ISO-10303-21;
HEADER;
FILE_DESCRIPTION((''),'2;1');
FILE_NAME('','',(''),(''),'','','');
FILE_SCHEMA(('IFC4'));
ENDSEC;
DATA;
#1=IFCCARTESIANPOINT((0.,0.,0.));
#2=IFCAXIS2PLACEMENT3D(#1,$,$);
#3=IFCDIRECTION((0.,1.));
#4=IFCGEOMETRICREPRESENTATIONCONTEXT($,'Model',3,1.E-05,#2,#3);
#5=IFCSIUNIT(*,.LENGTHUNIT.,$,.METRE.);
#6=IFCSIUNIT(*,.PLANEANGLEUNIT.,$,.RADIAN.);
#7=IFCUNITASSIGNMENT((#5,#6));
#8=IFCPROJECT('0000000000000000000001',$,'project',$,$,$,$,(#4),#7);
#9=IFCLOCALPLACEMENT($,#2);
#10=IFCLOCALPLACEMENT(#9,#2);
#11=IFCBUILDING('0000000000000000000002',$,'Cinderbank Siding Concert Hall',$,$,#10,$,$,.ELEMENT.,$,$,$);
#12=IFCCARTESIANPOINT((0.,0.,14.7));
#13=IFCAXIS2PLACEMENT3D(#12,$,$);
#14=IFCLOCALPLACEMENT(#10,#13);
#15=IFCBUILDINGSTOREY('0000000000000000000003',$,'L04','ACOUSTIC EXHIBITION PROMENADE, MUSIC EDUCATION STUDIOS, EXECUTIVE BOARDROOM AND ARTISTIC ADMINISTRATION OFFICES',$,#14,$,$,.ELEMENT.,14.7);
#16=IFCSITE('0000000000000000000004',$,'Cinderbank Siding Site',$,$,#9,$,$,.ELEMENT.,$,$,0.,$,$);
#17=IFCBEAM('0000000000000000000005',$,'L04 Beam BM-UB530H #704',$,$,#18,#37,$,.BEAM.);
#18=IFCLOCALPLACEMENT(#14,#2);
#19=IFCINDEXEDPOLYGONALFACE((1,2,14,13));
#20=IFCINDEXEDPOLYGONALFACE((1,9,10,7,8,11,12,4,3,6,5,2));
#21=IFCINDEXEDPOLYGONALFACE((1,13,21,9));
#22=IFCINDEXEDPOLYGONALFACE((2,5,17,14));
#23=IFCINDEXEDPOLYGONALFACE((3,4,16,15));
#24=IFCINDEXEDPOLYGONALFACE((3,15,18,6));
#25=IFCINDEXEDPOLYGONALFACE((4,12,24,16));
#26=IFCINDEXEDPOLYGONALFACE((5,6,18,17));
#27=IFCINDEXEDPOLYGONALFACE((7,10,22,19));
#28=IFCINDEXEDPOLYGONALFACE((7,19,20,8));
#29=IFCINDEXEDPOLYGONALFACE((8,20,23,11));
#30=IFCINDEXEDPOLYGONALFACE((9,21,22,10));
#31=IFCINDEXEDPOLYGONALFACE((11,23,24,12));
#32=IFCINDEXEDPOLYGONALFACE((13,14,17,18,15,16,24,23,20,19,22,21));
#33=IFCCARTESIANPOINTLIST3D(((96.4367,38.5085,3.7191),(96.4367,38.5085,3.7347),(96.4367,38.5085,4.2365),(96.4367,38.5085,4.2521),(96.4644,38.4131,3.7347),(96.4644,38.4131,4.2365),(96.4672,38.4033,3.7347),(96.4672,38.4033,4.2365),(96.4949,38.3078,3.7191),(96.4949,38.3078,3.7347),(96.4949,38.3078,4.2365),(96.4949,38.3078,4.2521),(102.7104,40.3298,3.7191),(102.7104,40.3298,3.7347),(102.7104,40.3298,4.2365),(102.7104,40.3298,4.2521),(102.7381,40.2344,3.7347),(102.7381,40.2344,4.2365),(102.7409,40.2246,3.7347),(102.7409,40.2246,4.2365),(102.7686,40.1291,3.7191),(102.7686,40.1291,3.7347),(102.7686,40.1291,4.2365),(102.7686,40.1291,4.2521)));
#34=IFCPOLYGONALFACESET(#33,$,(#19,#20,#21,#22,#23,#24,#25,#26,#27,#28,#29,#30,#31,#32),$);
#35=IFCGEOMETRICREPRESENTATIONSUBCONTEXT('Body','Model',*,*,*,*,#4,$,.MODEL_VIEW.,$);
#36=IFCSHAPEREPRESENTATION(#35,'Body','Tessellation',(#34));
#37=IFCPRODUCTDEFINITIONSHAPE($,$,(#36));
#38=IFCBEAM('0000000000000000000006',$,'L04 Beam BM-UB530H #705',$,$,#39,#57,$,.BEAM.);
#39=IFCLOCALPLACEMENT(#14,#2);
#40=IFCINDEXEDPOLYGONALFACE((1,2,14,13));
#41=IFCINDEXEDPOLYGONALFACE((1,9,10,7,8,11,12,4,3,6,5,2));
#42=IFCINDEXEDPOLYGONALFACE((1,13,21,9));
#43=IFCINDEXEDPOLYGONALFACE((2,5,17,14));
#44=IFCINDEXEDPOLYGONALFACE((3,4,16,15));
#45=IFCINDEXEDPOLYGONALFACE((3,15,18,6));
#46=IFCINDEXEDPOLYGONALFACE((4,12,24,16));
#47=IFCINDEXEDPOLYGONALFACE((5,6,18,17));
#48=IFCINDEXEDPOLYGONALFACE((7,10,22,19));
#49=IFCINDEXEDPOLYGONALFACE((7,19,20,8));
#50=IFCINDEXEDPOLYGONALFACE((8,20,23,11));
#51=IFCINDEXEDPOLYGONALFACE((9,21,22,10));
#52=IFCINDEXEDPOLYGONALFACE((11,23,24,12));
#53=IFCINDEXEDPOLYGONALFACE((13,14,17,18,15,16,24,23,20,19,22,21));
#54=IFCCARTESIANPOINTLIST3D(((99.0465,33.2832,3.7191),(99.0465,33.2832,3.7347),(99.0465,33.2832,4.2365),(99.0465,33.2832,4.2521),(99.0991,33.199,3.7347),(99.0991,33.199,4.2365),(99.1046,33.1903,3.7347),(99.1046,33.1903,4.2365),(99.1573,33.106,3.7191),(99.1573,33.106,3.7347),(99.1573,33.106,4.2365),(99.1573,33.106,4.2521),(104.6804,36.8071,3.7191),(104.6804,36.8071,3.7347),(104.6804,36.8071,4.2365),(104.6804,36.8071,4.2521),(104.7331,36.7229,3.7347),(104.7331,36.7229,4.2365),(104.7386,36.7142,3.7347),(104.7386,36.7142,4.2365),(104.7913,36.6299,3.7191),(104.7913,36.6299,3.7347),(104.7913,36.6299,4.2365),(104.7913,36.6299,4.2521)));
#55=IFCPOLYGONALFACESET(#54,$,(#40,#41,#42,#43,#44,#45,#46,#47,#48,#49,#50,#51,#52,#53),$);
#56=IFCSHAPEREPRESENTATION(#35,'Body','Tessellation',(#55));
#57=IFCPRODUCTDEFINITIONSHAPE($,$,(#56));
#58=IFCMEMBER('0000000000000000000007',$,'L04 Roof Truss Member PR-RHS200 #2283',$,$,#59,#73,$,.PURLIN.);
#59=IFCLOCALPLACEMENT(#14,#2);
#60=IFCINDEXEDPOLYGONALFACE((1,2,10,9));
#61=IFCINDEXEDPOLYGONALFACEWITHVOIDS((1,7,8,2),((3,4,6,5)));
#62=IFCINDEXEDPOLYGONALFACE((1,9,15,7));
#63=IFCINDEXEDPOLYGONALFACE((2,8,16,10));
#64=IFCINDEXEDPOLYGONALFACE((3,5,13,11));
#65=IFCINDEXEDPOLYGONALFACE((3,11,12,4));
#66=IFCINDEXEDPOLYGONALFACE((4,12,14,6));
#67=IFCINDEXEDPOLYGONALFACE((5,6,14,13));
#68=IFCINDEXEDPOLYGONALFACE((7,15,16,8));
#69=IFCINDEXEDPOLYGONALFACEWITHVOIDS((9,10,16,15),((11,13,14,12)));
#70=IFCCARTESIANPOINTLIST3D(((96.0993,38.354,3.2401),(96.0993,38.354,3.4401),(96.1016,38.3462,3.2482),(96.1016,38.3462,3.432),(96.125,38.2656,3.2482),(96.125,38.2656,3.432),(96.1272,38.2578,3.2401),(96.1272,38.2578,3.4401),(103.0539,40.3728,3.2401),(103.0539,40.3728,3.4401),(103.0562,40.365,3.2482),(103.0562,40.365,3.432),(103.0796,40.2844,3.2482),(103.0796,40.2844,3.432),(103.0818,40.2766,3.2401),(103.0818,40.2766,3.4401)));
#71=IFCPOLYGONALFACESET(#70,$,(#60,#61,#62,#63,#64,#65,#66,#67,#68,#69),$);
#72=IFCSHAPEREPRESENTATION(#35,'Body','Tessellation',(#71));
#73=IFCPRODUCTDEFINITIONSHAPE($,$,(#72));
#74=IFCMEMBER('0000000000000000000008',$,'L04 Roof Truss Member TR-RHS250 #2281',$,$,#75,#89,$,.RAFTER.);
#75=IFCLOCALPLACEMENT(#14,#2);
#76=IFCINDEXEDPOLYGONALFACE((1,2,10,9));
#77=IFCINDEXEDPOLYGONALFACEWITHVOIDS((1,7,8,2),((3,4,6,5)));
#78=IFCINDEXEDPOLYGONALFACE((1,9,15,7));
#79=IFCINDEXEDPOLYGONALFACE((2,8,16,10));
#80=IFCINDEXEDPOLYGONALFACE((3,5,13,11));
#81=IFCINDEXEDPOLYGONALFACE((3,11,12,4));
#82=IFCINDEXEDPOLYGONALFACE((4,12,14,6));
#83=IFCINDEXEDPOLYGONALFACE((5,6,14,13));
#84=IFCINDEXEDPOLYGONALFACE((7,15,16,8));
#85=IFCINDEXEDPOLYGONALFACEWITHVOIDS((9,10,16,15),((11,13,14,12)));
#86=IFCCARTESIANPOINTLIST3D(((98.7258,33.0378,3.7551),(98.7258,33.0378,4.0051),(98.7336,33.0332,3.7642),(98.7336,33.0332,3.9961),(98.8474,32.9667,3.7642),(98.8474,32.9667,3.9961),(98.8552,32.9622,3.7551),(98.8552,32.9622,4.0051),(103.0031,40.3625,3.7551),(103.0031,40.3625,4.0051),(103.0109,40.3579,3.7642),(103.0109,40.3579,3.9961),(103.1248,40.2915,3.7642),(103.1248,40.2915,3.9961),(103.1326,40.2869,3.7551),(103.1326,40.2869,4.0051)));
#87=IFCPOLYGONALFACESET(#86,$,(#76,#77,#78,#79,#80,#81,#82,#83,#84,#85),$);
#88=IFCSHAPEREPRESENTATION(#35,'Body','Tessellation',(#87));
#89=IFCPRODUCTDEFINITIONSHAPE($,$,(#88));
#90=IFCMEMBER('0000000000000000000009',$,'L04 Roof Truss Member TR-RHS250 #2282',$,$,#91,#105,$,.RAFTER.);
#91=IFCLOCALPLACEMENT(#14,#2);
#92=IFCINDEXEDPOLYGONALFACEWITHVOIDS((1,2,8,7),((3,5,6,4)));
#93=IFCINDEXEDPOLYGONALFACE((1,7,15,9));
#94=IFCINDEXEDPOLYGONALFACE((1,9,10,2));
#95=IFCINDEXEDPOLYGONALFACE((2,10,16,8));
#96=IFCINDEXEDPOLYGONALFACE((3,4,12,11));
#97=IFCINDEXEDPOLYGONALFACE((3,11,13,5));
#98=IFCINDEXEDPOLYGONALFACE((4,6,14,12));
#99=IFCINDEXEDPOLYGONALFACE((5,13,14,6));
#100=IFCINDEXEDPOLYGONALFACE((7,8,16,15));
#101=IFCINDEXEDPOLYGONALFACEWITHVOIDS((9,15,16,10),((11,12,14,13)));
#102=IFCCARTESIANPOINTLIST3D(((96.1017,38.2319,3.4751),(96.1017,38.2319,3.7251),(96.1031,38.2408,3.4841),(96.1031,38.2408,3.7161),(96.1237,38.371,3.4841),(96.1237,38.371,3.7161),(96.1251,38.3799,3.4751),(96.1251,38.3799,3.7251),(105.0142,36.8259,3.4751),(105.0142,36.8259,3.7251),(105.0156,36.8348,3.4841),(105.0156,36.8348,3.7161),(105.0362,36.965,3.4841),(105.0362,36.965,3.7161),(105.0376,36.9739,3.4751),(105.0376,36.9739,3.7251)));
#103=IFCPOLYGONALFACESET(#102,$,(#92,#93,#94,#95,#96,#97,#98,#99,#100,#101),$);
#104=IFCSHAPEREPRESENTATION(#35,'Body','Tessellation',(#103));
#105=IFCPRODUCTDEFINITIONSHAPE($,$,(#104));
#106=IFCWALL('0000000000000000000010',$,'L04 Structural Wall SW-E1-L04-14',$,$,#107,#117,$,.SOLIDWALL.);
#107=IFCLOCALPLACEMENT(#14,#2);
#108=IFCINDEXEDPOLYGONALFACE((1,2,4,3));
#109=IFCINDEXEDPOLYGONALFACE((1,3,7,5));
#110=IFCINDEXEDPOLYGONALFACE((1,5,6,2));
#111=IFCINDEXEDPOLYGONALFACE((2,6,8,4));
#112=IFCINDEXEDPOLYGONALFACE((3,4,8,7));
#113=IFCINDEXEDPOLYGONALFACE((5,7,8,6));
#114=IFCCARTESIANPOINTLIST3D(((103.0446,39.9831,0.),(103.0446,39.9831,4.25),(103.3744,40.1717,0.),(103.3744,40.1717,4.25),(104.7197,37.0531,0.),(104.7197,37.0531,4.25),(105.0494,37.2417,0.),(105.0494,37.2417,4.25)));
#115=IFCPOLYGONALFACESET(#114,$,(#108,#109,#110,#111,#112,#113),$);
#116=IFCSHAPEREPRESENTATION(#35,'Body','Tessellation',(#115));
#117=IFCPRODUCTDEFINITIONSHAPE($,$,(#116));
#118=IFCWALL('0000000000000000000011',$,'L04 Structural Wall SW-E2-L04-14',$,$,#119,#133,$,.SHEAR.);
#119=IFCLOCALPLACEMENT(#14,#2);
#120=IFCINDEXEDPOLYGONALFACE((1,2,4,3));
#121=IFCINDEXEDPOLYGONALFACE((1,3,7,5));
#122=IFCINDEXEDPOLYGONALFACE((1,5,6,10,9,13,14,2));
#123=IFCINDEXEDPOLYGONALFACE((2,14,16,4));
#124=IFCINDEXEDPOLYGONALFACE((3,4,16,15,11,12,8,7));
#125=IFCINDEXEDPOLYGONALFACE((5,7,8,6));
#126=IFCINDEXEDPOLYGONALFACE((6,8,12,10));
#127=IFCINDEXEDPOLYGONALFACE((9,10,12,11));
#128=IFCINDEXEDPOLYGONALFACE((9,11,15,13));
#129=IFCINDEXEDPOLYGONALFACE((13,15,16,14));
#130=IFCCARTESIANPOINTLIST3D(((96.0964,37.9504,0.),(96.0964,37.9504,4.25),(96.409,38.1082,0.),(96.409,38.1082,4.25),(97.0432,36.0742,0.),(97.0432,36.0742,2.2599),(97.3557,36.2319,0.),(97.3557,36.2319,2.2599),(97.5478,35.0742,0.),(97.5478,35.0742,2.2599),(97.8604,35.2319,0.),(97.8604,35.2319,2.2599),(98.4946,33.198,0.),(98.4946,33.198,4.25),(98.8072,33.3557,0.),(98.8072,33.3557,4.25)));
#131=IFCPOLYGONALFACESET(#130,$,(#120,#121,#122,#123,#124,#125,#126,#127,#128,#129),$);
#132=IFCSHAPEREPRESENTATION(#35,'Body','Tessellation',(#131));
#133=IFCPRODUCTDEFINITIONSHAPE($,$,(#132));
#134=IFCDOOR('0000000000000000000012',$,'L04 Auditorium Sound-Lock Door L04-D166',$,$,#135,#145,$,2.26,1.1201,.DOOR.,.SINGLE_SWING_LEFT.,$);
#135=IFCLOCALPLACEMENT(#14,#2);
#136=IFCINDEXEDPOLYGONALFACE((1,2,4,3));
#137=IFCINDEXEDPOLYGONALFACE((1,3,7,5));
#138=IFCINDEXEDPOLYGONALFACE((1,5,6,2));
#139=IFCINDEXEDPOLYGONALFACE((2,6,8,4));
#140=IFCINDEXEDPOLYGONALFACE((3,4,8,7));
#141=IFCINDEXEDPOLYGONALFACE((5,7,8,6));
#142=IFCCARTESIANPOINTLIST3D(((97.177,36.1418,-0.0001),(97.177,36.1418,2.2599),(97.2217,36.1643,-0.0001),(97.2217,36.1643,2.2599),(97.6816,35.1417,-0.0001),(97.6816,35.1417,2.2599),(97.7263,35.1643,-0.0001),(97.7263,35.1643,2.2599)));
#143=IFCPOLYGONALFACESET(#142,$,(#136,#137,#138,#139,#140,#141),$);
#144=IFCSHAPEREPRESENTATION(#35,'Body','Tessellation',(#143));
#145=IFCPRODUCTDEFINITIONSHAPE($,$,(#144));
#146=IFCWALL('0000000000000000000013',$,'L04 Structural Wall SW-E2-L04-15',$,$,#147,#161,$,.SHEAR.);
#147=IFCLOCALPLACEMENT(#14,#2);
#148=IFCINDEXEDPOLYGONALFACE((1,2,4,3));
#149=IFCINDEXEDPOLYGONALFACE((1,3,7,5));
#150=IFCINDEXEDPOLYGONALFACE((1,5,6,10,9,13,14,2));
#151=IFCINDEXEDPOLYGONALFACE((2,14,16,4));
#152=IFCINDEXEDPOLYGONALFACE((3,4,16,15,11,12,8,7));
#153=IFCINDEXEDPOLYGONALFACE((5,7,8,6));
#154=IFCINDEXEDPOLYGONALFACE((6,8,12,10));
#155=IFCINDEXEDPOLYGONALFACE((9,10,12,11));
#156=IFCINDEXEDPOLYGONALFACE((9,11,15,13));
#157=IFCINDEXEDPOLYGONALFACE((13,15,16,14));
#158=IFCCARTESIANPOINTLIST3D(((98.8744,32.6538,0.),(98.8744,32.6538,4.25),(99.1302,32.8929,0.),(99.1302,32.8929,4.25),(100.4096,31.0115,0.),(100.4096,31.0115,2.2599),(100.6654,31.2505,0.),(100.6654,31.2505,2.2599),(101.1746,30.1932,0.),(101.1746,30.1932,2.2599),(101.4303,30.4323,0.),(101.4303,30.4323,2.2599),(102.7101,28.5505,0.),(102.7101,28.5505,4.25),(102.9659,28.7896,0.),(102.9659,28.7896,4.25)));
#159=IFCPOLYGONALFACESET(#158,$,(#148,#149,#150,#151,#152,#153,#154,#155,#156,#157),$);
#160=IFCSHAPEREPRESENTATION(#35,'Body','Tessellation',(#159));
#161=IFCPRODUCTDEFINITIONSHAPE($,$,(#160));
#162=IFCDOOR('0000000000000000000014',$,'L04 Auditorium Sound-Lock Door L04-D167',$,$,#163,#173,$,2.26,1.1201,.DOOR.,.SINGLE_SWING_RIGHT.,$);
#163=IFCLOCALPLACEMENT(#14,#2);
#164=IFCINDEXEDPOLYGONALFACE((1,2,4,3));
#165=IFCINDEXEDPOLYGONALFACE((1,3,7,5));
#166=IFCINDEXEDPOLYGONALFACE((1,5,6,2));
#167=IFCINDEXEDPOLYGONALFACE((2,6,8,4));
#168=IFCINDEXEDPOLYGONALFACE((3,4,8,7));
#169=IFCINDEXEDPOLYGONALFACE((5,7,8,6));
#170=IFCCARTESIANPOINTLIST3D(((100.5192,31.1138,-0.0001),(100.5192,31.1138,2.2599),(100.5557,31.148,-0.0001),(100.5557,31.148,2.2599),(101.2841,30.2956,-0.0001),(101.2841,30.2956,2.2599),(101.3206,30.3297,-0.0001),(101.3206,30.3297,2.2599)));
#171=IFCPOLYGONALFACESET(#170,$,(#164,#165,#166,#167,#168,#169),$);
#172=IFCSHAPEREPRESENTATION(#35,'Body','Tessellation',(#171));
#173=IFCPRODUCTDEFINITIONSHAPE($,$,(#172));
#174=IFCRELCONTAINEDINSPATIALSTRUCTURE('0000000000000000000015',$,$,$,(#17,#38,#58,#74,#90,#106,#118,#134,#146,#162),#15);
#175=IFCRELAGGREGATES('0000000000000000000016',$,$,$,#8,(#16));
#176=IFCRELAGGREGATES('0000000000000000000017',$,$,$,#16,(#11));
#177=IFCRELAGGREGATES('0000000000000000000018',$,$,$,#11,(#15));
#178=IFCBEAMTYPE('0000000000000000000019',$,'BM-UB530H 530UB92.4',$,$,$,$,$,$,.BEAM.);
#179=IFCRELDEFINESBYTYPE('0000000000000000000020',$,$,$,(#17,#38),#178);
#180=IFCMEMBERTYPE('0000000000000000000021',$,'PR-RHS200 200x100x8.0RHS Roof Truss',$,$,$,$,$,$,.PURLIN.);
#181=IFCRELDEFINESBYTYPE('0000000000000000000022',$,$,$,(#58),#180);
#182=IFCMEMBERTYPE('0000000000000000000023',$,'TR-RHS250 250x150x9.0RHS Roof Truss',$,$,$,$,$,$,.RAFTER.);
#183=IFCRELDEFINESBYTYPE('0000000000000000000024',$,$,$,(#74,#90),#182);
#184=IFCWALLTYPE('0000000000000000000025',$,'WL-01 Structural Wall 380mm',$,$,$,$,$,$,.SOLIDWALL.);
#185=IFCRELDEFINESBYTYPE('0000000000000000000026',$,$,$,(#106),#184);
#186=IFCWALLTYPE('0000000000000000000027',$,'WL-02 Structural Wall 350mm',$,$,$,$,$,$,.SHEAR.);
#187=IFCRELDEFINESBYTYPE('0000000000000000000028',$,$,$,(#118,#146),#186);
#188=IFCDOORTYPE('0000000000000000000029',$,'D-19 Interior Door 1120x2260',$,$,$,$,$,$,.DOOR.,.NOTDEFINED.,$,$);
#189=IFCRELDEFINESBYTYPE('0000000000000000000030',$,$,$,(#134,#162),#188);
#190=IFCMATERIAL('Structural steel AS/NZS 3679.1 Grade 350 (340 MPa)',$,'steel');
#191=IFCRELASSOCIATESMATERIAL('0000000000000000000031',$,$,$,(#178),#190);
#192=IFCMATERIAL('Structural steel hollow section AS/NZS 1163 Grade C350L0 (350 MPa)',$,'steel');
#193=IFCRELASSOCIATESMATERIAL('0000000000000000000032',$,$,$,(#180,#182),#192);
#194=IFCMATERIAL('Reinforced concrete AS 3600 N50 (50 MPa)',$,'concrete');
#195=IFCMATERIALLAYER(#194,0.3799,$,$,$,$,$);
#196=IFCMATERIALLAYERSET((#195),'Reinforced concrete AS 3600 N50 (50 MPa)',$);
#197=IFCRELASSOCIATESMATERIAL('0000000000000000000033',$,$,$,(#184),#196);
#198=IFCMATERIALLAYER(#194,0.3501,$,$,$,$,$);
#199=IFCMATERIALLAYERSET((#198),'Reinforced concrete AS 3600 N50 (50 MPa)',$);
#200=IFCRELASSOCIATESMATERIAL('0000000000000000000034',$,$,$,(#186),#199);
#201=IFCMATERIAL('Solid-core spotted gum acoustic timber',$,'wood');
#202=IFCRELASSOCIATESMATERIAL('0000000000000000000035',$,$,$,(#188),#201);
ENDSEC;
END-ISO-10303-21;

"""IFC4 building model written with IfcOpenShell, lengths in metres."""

from ifc_helpers import new_model, si_unit, direction, frame, frame_2d, origin, origin_2d, place, context, subcontext, project, spatial, rectangle, hollow_rectangle, i_section, extrude, material, layer, layer_set, material_profile, profile_set, type_object, element, fill, save


model = new_model("IFC4")

# Units and contexts
model_context = context("Model", 3, precision=1e-05, world=origin(), true_north=direction((0.0, 1.0)))
body_context = subcontext(model_context, "Body", "Model", "MODEL_VIEW")
ifc_project = project(units=[si_unit("LENGTHUNIT", "METRE"), si_unit("PLANEANGLEUNIT", "RADIAN")], contexts=[model_context])

# Site, building, storey
site_placement = place(None, origin())
site = spatial("IfcSite", under=ifc_project, at=site_placement, Name="Cinderbank Siding Site", CompositionType="ELEMENT", RefElevation=0.0)
building_placement = place(site_placement, origin())
building = spatial("IfcBuilding", under=site, at=building_placement, Name="Cinderbank Siding Concert Hall", CompositionType="ELEMENT")
storey_placement = place(building_placement, frame((0.0, 0.0, 14.7)))
storey = spatial("IfcBuildingStorey", under=building, at=storey_placement, Name="L04", Description="ACOUSTIC EXHIBITION PROMENADE, MUSIC EDUCATION STUDIOS, EXECUTIVE BOARDROOM AND ARTISTIC ADMINISTRATION OFFICES", CompositionType="ELEMENT", Elevation=14.7)

# Shared definitions
ifc_material_1 = material(Name="Reinforced concrete AS 3600 N50 (50 MPa)", Category="concrete")

# Beams
ifc_material_2 = material(Name="Structural steel AS/NZS 3679.1 Grade 350 (340 MPa)", Category="steel")
ifc_material_profile_1 = material_profile(ifc_material_2, i_section(OverallWidth=0.209, OverallDepth=0.533, WebThickness=0.0103, FlangeThickness=0.0156, at=origin_2d()), Name="530UB92.4", Category="LoadBearing")
ifc_profile_set_1 = profile_set([ifc_material_profile_1], Name="Structural steel AS/NZS 3679.1 Grade 350 (340 MPa)")
beam_type_1 = type_object("IfcBeamType", Name="BM-UB530H 530UB92.4", PredefinedType="BEAM", material=ifc_profile_set_1)
beam_1_placement = place(storey_placement, frame((102.7395, 40.2295, 3.9856), z_axis=(-0.96035, -0.278796, 0.0), x_axis=(0.278796, -0.96035, 0.0)))
element("IfcBeam", 1, at=beam_1_placement, inside=storey, type_object=beam_type_1, Name="L04 Beam BM-UB530H #704", PredefinedType="BEAM", context=body_context, shape_type="SweptSolid", body=[
    extrude(i_section(OverallWidth=0.209, OverallDepth=0.533, WebThickness=0.0103, FlangeThickness=0.0156, at=origin_2d()), origin(), (0.0, 0.0, 1.0), 6.5327),
])
beam_2_placement = place(storey_placement, frame((104.7358, 36.7185, 3.9856), z_axis=(-0.847819, -0.530286, 0.0), x_axis=(0.530286, -0.847819, 0.0)))
element("IfcBeam", 2, at=beam_2_placement, inside=storey, type_object=beam_type_1, Name="L04 Beam BM-UB530H #705", PredefinedType="BEAM", context=body_context, shape_type="SweptSolid", body=[
    extrude(i_section(OverallWidth=0.209, OverallDepth=0.533, WebThickness=0.0103, FlangeThickness=0.0156, at=origin_2d()), origin(), (0.0, 0.0, 1.0), 6.6453),
])

# Members
ifc_material_3 = material(Name="Structural steel hollow section AS/NZS 1163 Grade C350L0 (350 MPa)", Category="steel")
ifc_material_profile_2 = material_profile(ifc_material_3, hollow_rectangle(XDim=0.1001, YDim=0.2, WallThickness=0.0081, at=origin_2d()), Name="200x100x8.0RHS", Category="LoadBearing")
ifc_profile_set_2 = profile_set([ifc_material_profile_2], Name="Structural steel hollow section AS/NZS 1163 Grade C350L0 (350 MPa)")
member_type_1 = type_object("IfcMemberType", Name="PR-RHS200 200x100x8.0RHS Roof Truss", PredefinedType="PURLIN", material=ifc_profile_set_2)
member_1_placement = place(storey_placement, frame((103.0679, 40.3247, 3.3401), z_axis=(-0.960356, -0.278775, 0.0), x_axis=(0.278775, -0.960356, 0.0)))
element("IfcMember", 3, at=member_1_placement, inside=storey, type_object=member_type_1, Name="L04 Roof Truss Member PR-RHS200 #2283", PredefinedType="PURLIN", context=body_context, shape_type="SweptSolid", body=[
    extrude(hollow_rectangle(XDim=0.1001, YDim=0.2, WallThickness=0.0081, at=origin_2d()), origin(), (0.0, 0.0, 1.0), 7.2417),
])
ifc_material_profile_3 = material_profile(ifc_material_3, hollow_rectangle(XDim=0.1499, YDim=0.25, WallThickness=0.009, at=origin_2d()), Name="250x150x9.0RHS", Category="LoadBearing")
ifc_profile_set_3 = profile_set([ifc_material_profile_3], Name="Structural steel hollow section AS/NZS 1163 Grade C350L0 (350 MPa)")
member_type_2 = type_object("IfcMemberType", Name="TR-RHS250 250x150x9.0RHS Roof Truss", PredefinedType="RAFTER", material=ifc_profile_set_3)
member_2_placement = place(storey_placement, frame((103.0679, 40.3247, 3.8801), z_axis=(-0.504275, -0.863543, 0.0), x_axis=(0.863543, -0.504275, 0.0)))
element("IfcMember", 4, at=member_2_placement, inside=storey, type_object=member_type_2, Name="L04 Roof Truss Member TR-RHS250 #2281", PredefinedType="RAFTER", context=body_context, shape_type="SweptSolid", body=[
    extrude(hollow_rectangle(XDim=0.1499, YDim=0.25, WallThickness=0.009, at=origin_2d()), origin(), (0.0, 0.0, 1.0), 8.4822),
])
member_3_placement = place(storey_placement, frame((105.0259, 36.8999, 3.6001), z_axis=(-0.987784, 0.155828, 0.0), x_axis=(-0.155828, -0.987784, 0.0)))
element("IfcMember", 5, at=member_3_placement, inside=storey, type_object=member_type_2, Name="L04 Roof Truss Member TR-RHS250 #2282", PredefinedType="RAFTER", context=body_context, shape_type="SweptSolid", body=[
    extrude(hollow_rectangle(XDim=0.1499, YDim=0.25, WallThickness=0.009, at=origin_2d()), origin(), (0.0, 0.0, 1.0), 9.0227),
])

# Wall
ifc_layer_1 = layer(ifc_material_1, 0.3799)
ifc_layer_set_1 = layer_set([ifc_layer_1], Name="Reinforced concrete AS 3600 N50 (50 MPa)")
wall_type_1 = type_object("IfcWallType", Name="WL-01 Structural Wall 380mm", PredefinedType="SOLIDWALL", material=ifc_layer_set_1)
wall_1_placement = place(storey_placement, frame((103.2095, 40.0774, 0.0), z_axis=(0.0, 0.0, 1.0), x_axis=(0.496318, -0.868141, 0.0)))
element("IfcWall", 6, at=wall_1_placement, inside=storey, type_object=wall_type_1, Name="L04 Structural Wall SW-E1-L04-14", PredefinedType="SOLIDWALL", context=body_context, shape_type="SweptSolid", body=[
    extrude(rectangle(XDim=3.375, YDim=0.3799, at=frame_2d((1.6875, 0.0))), origin(), (0.0, 0.0, 1.0), 4.25),
])

# Walls, openings, doors
ifc_layer_2 = layer(ifc_material_1, 0.3501)
ifc_layer_set_2 = layer_set([ifc_layer_2], Name="Reinforced concrete AS 3600 N50 (50 MPa)")
wall_type_2 = type_object("IfcWallType", Name="WL-02 Structural Wall 350mm", PredefinedType="SHEAR", material=ifc_layer_set_2)
wall_2_placement = place(storey_placement, frame((96.2527, 38.0293, 0.0), z_axis=(0.0, 0.0, 1.0), x_axis=(0.450513, -0.89277, 0.0)))
wall_2 = element("IfcWall", 7, at=wall_2_placement, inside=storey, type_object=wall_type_2, Name="L04 Structural Wall SW-E2-L04-14", PredefinedType="SHEAR", context=body_context, shape_type="SweptSolid", body=[
    extrude(rectangle(XDim=5.3232, YDim=0.3501, at=frame_2d((2.6616, 0.0))), origin(), (0.0, 0.0, 1.0), 4.25),
])
opening_1_placement = place(wall_2_placement, frame((2.1016, 0.0, 0.0)))
opening_1 = element("IfcOpeningElement", 8, at=opening_1_placement, cuts=wall_2, PredefinedType="OPENING", context=body_context, shape_type="SweptSolid", body=[
    extrude(rectangle(XDim=1.1201, YDim=2.26, at=frame_2d((0.5601, 1.1299))), frame((0.0, 0.187, 0.0), z_axis=(0.0, -1.0, 0.0), x_axis=(1.0, 0.0, 0.0)), (0.0, 0.0, 1.0), 0.374),
])
ifc_material_4 = material(Name="Solid-core spotted gum acoustic timber", Category="wood")
door_type_1 = type_object("IfcDoorType", Name="D-19 Interior Door 1120x2260", OperationType="NOTDEFINED", PredefinedType="DOOR", material=ifc_material_4)
door_1_placement = place(opening_1_placement, origin())
door_1 = element("IfcDoor", 9, at=door_1_placement, inside=storey, type_object=door_type_1, Name="L04 Auditorium Sound-Lock Door L04-D166", OperationType="SINGLE_SWING_LEFT", OverallHeight=2.26, OverallWidth=1.1201, PredefinedType="DOOR", context=body_context, shape_type="SweptSolid", body=[
    extrude(rectangle(XDim=1.1201, YDim=2.26, at=frame_2d((0.5601, 1.1299))), frame((0.0, 0.0249, 0.0), z_axis=(0.0, -1.0, 0.0), x_axis=(1.0, 0.0, 0.0)), (0.0, 0.0, 1.0), 0.05),
])
fill(opening_1, door_1)
wall_3_placement = place(storey_placement, frame((99.0022, 32.7734, 0.0), z_axis=(0.0, 0.0, 1.0), x_axis=(0.682886, -0.730525, 0.0)))
wall_3 = element("IfcWall", 10, at=wall_3_placement, inside=storey, type_object=wall_type_2, Name="L04 Structural Wall SW-E2-L04-15", PredefinedType="SHEAR", context=body_context, shape_type="SweptSolid", body=[
    extrude(rectangle(XDim=5.6169, YDim=0.3501, at=frame_2d((2.8086, 0.0))), origin(), (0.0, 0.0, 1.0), 4.25),
])
opening_2_placement = place(wall_3_placement, frame((2.2483, 0.0, 0.0)))
opening_2 = element("IfcOpeningElement", 11, at=opening_2_placement, cuts=wall_3, PredefinedType="OPENING", context=body_context, shape_type="SweptSolid", body=[
    extrude(rectangle(XDim=1.1201, YDim=2.26, at=frame_2d((0.5601, 1.1299))), frame((0.0, 0.187, 0.0), z_axis=(0.0, -1.0, 0.0), x_axis=(1.0, 0.0, 0.0)), (0.0, 0.0, 1.0), 0.374),
])
door_2_placement = place(opening_2_placement, origin())
door_2 = element("IfcDoor", 12, at=door_2_placement, inside=storey, type_object=door_type_1, Name="L04 Auditorium Sound-Lock Door L04-D167", OperationType="SINGLE_SWING_RIGHT", OverallHeight=2.26, OverallWidth=1.1201, PredefinedType="DOOR", context=body_context, shape_type="SweptSolid", body=[
    extrude(rectangle(XDim=1.1201, YDim=2.26, at=frame_2d((0.5601, 1.1299))), frame((0.0, 0.0249, 0.0), z_axis=(0.0, -1.0, 0.0), x_axis=(1.0, 0.0, 0.0)), (0.0, 0.0, 1.0), 0.05),
])
fill(opening_2, door_2)

save(model, "model.ifc")
